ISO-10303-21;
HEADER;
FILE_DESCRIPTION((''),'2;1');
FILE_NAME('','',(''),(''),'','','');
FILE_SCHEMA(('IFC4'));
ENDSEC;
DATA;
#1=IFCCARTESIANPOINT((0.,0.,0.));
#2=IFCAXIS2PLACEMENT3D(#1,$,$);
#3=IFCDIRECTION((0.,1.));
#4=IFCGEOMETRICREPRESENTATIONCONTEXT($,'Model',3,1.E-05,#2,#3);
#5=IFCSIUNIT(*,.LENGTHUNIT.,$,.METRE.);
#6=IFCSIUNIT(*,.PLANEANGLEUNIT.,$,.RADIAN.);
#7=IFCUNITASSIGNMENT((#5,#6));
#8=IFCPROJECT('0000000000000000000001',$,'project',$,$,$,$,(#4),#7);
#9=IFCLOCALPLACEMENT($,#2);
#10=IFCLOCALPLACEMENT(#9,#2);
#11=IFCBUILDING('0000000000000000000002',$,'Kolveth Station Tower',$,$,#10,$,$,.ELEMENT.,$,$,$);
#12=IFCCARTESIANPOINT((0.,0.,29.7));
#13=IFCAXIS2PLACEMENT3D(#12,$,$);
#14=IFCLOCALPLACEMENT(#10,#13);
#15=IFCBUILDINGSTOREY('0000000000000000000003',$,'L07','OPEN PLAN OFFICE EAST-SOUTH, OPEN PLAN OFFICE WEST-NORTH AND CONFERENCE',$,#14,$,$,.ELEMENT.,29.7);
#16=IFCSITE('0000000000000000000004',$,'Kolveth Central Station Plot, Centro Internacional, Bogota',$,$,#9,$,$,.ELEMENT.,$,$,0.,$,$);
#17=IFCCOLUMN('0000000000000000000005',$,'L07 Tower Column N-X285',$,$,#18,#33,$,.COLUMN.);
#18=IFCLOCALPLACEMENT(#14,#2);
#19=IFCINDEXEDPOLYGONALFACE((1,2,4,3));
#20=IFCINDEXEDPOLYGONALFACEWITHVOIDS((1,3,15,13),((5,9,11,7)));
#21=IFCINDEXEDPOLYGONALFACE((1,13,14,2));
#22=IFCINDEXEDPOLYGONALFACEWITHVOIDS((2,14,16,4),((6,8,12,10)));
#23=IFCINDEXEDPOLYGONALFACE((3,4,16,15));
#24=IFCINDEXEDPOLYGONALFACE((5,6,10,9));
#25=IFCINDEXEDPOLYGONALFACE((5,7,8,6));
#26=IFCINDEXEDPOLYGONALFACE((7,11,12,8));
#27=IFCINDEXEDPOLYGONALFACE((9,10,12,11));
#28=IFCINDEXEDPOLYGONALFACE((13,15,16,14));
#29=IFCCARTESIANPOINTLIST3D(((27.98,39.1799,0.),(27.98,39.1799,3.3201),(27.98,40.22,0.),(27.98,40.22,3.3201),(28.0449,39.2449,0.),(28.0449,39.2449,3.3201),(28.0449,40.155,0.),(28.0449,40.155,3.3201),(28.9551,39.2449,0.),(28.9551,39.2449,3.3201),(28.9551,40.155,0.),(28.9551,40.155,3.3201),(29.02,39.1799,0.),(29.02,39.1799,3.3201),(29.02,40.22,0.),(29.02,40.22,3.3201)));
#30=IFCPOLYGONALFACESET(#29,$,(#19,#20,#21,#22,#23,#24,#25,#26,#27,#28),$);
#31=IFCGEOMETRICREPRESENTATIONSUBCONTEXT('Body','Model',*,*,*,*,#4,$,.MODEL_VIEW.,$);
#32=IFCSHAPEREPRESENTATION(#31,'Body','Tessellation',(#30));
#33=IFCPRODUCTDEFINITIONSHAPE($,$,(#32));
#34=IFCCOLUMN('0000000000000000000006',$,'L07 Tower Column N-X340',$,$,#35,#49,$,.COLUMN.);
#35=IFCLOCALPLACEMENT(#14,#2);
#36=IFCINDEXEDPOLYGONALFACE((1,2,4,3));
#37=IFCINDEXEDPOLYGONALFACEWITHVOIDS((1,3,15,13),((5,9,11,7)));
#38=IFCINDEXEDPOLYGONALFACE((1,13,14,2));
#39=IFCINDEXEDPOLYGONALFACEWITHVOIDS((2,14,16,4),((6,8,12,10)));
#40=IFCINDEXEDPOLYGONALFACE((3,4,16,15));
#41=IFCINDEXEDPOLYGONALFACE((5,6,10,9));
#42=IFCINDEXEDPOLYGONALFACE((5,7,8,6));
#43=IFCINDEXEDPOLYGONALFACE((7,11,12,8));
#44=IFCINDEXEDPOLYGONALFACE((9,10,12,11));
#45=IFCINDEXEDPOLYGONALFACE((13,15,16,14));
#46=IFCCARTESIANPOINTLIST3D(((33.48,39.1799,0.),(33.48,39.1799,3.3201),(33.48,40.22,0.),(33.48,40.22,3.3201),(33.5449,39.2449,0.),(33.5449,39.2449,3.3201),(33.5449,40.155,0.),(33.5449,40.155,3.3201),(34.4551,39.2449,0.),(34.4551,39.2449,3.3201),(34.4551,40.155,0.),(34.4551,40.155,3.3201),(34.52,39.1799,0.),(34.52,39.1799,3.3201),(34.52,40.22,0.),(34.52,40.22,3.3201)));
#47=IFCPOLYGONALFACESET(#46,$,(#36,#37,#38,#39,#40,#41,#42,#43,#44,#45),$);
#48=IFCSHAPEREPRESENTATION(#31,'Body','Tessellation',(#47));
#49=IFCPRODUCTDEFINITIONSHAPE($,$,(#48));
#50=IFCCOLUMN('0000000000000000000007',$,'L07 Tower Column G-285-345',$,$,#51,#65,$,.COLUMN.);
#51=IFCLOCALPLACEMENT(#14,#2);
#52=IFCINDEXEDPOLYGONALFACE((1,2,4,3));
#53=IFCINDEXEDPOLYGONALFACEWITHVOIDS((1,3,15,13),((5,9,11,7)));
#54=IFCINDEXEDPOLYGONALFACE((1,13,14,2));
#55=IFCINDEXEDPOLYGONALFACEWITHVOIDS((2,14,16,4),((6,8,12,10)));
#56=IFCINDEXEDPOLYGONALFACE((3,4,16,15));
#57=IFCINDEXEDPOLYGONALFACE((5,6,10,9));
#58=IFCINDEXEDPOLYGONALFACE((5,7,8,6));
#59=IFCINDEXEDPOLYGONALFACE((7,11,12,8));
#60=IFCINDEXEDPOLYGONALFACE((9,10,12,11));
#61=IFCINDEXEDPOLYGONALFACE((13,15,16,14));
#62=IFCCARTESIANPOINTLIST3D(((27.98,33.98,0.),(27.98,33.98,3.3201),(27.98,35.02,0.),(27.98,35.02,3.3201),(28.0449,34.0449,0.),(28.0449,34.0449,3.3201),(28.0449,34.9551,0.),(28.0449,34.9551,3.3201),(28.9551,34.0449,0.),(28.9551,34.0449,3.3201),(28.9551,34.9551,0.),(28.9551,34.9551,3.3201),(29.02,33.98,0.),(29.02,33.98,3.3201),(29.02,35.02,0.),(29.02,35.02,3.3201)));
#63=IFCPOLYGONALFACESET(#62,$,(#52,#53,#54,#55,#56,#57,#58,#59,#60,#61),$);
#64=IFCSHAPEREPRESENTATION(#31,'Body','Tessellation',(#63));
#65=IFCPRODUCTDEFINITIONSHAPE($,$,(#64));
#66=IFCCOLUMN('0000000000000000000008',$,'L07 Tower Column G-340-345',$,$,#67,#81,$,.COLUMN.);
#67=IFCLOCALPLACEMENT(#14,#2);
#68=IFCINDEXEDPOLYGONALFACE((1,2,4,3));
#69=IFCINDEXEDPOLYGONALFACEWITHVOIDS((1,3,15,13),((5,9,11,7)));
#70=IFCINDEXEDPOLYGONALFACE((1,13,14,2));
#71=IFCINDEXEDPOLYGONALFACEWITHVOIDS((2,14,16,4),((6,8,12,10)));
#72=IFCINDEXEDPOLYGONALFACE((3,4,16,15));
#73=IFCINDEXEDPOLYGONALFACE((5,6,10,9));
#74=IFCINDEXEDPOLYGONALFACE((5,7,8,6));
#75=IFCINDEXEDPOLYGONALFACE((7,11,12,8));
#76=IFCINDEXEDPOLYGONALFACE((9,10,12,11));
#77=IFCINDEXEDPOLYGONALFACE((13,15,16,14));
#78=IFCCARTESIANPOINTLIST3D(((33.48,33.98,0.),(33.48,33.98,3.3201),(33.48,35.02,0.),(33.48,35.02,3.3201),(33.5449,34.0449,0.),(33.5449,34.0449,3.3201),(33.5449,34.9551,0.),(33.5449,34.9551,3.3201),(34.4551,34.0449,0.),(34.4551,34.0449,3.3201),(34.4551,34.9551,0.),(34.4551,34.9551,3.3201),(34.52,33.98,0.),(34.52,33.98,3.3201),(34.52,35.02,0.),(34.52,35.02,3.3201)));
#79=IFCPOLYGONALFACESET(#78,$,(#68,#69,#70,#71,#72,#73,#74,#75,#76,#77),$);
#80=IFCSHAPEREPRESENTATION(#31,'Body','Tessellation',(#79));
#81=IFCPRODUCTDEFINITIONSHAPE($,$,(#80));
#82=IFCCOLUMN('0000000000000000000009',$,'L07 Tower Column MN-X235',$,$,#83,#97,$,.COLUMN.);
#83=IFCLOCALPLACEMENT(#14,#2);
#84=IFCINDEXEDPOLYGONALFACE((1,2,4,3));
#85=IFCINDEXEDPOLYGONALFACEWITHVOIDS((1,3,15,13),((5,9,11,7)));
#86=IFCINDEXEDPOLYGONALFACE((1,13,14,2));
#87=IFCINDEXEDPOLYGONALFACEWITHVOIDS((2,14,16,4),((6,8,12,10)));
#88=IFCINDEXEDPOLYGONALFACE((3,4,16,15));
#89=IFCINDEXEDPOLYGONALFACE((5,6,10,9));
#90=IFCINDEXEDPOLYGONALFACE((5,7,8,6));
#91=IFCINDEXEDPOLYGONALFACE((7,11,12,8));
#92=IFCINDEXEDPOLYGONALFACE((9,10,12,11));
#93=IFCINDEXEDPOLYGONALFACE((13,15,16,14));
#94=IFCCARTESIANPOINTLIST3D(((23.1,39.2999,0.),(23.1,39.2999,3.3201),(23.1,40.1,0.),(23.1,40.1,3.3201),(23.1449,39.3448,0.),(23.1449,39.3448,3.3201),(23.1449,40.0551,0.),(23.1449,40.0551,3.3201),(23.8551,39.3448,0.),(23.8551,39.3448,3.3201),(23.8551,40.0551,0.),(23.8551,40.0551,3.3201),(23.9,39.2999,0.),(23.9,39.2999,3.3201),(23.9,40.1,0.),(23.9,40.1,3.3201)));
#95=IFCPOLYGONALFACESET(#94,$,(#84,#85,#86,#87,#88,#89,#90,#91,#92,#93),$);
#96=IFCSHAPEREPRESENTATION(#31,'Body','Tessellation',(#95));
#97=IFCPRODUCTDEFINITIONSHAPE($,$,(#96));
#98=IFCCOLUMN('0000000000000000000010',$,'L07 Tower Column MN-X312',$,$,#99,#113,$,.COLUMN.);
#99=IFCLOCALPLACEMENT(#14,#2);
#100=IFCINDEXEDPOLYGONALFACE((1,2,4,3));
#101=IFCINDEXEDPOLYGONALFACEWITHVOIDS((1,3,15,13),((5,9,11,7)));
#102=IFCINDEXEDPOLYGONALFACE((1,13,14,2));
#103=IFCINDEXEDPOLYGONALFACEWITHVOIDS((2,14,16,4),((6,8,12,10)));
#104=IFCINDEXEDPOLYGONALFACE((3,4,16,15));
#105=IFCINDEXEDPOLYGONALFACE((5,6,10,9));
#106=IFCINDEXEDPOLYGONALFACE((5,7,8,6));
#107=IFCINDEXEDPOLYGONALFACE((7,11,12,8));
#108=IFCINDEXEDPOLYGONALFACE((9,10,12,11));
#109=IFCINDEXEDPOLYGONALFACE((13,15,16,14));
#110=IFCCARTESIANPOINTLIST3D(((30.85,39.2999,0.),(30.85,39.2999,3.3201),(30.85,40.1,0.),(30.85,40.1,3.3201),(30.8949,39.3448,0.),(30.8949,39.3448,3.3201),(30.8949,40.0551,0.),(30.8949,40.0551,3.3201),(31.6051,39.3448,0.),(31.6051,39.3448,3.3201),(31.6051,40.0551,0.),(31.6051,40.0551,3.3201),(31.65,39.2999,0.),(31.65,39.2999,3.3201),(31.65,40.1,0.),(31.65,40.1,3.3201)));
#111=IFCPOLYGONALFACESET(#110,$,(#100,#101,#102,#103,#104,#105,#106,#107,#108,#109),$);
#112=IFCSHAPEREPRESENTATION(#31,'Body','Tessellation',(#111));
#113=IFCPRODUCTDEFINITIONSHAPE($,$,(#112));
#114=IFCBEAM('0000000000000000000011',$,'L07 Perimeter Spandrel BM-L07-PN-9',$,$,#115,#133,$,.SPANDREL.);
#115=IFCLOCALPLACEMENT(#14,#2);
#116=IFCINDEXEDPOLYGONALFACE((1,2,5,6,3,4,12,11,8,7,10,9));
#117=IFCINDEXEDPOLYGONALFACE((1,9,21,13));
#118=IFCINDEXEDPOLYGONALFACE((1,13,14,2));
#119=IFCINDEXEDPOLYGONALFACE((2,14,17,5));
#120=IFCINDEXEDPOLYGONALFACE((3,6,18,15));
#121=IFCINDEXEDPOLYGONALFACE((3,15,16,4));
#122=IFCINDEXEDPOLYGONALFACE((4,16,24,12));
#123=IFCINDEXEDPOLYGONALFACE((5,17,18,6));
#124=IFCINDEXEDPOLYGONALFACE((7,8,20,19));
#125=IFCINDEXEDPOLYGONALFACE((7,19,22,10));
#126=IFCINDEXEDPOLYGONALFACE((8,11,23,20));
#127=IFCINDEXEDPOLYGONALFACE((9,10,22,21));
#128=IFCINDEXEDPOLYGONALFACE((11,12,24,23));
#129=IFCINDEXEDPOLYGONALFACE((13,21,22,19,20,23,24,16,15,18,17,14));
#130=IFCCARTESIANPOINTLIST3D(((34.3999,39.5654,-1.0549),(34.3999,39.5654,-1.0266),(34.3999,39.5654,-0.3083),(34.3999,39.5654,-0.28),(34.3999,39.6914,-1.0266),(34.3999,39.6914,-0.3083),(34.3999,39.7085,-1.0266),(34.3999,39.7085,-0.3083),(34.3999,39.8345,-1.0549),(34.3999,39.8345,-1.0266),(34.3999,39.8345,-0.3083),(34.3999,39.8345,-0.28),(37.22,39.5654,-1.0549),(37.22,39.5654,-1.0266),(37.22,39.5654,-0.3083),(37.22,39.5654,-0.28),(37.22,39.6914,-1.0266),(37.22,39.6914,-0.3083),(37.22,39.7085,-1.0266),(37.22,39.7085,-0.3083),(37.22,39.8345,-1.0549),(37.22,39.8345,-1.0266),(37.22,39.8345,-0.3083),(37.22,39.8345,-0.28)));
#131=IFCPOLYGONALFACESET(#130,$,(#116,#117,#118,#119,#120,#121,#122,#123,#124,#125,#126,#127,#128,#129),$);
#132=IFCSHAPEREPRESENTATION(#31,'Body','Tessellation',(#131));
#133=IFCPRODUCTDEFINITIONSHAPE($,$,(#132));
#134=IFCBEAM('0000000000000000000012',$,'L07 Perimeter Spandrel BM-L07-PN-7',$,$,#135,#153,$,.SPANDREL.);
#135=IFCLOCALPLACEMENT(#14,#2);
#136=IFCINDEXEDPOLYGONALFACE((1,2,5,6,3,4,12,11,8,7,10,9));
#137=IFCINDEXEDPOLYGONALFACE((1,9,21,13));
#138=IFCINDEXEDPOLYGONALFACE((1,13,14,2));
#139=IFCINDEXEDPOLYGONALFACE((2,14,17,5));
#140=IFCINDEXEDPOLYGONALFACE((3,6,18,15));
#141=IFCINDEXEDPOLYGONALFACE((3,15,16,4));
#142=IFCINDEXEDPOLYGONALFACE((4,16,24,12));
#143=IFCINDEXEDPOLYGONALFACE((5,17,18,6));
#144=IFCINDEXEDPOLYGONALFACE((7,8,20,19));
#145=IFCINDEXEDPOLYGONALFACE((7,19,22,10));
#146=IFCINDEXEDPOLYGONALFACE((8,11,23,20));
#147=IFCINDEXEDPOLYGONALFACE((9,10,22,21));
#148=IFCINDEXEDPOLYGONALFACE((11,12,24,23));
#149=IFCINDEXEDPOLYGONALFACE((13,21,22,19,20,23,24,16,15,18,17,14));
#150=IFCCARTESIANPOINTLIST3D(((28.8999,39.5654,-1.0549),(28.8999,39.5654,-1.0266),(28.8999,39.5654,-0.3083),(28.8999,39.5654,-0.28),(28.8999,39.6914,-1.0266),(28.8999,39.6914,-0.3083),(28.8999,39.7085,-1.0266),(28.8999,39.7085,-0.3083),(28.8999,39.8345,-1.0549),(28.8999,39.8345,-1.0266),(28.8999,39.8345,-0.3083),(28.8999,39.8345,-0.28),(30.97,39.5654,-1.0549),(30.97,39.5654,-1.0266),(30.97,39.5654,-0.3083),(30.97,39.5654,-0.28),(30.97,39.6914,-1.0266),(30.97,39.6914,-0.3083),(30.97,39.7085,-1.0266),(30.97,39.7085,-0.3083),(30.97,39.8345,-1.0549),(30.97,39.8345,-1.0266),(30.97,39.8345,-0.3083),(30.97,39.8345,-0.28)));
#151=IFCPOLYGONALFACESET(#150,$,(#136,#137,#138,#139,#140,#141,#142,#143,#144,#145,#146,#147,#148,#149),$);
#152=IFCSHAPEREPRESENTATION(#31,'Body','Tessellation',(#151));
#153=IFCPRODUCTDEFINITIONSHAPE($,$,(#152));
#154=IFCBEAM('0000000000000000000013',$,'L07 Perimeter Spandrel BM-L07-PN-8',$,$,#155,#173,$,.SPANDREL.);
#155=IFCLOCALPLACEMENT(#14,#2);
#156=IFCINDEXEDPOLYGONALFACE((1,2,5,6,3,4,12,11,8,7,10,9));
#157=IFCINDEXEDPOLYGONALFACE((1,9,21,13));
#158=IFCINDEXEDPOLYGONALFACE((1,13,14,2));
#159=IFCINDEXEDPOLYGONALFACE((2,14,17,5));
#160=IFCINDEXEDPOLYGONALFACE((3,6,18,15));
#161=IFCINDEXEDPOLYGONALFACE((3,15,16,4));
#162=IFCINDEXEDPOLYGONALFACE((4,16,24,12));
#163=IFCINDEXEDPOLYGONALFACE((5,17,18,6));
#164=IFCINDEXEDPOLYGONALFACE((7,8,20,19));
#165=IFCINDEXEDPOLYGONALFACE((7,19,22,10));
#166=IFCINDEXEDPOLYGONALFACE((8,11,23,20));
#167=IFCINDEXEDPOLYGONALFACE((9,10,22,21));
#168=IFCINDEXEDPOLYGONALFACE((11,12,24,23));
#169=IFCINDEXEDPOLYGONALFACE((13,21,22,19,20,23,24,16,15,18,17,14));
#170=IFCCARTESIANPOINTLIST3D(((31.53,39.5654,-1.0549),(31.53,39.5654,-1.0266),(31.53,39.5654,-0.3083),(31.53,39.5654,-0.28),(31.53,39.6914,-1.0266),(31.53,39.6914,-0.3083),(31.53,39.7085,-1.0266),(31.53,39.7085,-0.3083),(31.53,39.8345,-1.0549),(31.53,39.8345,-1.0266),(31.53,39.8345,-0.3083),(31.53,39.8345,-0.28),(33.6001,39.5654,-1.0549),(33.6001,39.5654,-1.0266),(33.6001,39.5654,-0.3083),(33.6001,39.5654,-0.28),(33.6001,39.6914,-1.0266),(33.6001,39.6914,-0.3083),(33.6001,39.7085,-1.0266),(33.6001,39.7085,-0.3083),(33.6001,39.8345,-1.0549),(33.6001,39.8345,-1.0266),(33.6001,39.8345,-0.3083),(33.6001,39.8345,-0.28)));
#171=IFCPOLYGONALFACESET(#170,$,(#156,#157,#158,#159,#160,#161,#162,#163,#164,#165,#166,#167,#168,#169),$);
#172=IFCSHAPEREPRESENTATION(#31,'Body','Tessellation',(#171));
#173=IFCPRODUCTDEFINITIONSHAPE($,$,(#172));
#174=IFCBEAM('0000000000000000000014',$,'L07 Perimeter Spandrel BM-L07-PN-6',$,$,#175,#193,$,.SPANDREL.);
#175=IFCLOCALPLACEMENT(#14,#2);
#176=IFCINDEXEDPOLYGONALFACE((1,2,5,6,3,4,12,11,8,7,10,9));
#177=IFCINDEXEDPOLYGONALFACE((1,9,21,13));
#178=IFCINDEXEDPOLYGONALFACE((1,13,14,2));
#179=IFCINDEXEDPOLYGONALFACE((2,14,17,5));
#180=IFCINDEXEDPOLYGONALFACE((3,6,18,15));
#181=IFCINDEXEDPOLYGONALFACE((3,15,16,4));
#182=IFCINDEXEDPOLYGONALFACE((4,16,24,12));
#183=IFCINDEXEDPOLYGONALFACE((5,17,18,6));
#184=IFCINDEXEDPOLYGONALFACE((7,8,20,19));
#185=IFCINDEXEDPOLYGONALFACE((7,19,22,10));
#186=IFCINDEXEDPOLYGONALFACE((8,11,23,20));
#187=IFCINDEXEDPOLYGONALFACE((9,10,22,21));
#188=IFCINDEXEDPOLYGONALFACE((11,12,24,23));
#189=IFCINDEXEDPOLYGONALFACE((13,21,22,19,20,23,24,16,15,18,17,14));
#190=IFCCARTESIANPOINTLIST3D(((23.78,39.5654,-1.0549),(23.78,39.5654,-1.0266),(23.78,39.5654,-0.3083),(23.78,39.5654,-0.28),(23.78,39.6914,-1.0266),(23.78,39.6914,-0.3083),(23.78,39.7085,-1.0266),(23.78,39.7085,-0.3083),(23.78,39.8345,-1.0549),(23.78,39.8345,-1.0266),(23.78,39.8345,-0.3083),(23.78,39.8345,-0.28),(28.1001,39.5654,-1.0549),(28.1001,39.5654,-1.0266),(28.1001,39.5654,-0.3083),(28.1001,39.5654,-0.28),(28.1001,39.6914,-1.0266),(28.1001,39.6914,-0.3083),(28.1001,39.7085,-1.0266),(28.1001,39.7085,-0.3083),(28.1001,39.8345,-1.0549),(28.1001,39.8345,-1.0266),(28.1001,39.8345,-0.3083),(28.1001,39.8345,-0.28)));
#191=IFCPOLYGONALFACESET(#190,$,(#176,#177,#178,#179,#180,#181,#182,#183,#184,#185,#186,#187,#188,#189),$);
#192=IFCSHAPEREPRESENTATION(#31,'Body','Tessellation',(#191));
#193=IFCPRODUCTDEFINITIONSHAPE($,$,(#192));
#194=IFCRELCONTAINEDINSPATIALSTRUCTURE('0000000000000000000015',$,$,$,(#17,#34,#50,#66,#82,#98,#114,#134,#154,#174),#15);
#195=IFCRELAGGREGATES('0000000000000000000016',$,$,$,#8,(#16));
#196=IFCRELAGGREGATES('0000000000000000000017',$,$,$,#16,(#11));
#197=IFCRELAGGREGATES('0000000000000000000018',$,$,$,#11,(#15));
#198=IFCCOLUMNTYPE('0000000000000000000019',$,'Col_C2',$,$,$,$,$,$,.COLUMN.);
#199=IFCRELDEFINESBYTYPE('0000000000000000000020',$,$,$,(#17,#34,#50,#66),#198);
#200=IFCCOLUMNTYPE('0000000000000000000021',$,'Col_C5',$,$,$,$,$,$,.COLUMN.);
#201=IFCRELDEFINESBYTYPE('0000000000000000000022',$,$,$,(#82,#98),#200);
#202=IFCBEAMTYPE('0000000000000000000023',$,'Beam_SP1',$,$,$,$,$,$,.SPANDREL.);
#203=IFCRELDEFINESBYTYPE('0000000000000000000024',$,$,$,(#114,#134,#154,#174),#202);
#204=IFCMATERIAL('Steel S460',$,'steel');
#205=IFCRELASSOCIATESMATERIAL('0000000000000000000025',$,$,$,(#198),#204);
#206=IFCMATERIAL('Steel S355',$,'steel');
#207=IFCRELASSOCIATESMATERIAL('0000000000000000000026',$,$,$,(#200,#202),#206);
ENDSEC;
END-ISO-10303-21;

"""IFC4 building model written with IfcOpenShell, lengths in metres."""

from ifc_helpers import new_model, si_unit, direction, frame, origin, origin_2d, place, context, subcontext, project, spatial, hollow_rectangle, i_section, extrude, source, transform, mapped, material, material_profile, profile_set, type_object, element, save


model = new_model("IFC4")

# Units and contexts
model_context = context("Model", 3, precision=1e-05, world=origin(), true_north=direction((0.0, 1.0)))
body_context = subcontext(model_context, "Body", "Model", "MODEL_VIEW")
ifc_project = project(units=[si_unit("LENGTHUNIT", "METRE"), si_unit("PLANEANGLEUNIT", "RADIAN")], contexts=[model_context])

# Site, building, storey
site_placement = place(None, origin())
site = spatial("IfcSite", under=ifc_project, at=site_placement, Name="Kolveth Central Station Plot, Centro Internacional, Bogota", CompositionType="ELEMENT", RefElevation=0.0)
building_placement = place(site_placement, origin())
building = spatial("IfcBuilding", under=site, at=building_placement, Name="Kolveth Station Tower", CompositionType="ELEMENT")
storey_placement = place(building_placement, frame((0.0, 0.0, 29.7)))
storey = spatial("IfcBuildingStorey", under=building, at=storey_placement, Name="L07", Description="OPEN PLAN OFFICE EAST-SOUTH, OPEN PLAN OFFICE WEST-NORTH AND CONFERENCE", CompositionType="ELEMENT", Elevation=29.7)

# Columns
ifc_material_1 = material(Name="Steel S460", Category="steel")
ifc_material_profile_1 = material_profile(ifc_material_1, hollow_rectangle(XDim=1.04, YDim=1.04, WallThickness=0.0649, at=origin_2d()), Name="BOX1040x1040x65")
ifc_profile_set_1 = profile_set([ifc_material_profile_1], Name="Steel S460")
column_type_1 = type_object("IfcColumnType", Name="Col_C2", PredefinedType="COLUMN", material=ifc_profile_set_1)
shared_shape_1 = source(origin(), body_context, "Body", "SweptSolid", [
    extrude(hollow_rectangle(XDim=1.04, YDim=1.04, WallThickness=0.0649, at=origin_2d()), origin(), (0.0, 0.0, 1.0), 3.3201),
])
for number, where, z_axis, x_axis, name in (
    (1, (28.5, 39.7, 0.0), (0.0, 0.0, 1.0), (1.0, 0.0, 0.0), "L07 Tower Column N-X285"),
    (2, (34.0, 39.7, 0.0), (0.0, 0.0, 1.0), (1.0, 0.0, 0.0), "L07 Tower Column N-X340"),
    (3, (28.5, 34.5, 0.0), (0.0, 0.0, 1.0), (1.0, 0.0, 0.0), "L07 Tower Column G-285-345"),
    (4, (34.0, 34.5, 0.0), (0.0, 0.0, 1.0), (1.0, 0.0, 0.0), "L07 Tower Column G-340-345"),
):
    element("IfcColumn", number, at=place(storey_placement, frame(where, z_axis=z_axis, x_axis=x_axis)), inside=storey, type_object=column_type_1, Name=name, PredefinedType="COLUMN", context=body_context, shape_type="MappedRepresentation", body=[
        mapped(shared_shape_1, transform((0.0, 0.0, 0.0), x_axis=(1.0, 0.0, 0.0), y_axis=(0.0, 1.0, 0.0), z_axis=(0.0, 0.0, 1.0), scale=1.0)),
    ])
ifc_material_2 = material(Name="Steel S355", Category="steel")
ifc_material_profile_2 = material_profile(ifc_material_2, hollow_rectangle(XDim=0.8, YDim=0.8, WallThickness=0.0449, at=origin_2d()), Name="BOX800x800x45")
ifc_profile_set_2 = profile_set([ifc_material_profile_2], Name="Steel S355")
column_type_2 = type_object("IfcColumnType", Name="Col_C5", PredefinedType="COLUMN", material=ifc_profile_set_2)
shared_shape_2 = source(origin(), body_context, "Body", "SweptSolid", [
    extrude(hollow_rectangle(XDim=0.8, YDim=0.8, WallThickness=0.0449, at=origin_2d()), origin(), (0.0, 0.0, 1.0), 3.3201),
])
for number, where, z_axis, x_axis, name in (
    (5, (23.5, 39.7, 0.0), (0.0, 0.0, 1.0), (1.0, 0.0, 0.0), "L07 Tower Column MN-X235"),
    (6, (31.25, 39.7, 0.0), (0.0, 0.0, 1.0), (1.0, 0.0, 0.0), "L07 Tower Column MN-X312"),
):
    element("IfcColumn", number, at=place(storey_placement, frame(where, z_axis=z_axis, x_axis=x_axis)), inside=storey, type_object=column_type_2, Name=name, PredefinedType="COLUMN", context=body_context, shape_type="MappedRepresentation", body=[
        mapped(shared_shape_2, transform((0.0, 0.0, 0.0), x_axis=(1.0, 0.0, 0.0), y_axis=(0.0, 1.0, 0.0), z_axis=(0.0, 0.0, 1.0), scale=1.0)),
    ])

# Beams
ifc_material_profile_3 = material_profile(ifc_material_2, i_section(OverallWidth=0.269, OverallDepth=0.7749, WebThickness=0.0171, FlangeThickness=0.0283, at=origin_2d()), Name="W760x220")
ifc_profile_set_3 = profile_set([ifc_material_profile_3], Name="Steel S355")
beam_type_1 = type_object("IfcBeamType", Name="Beam_SP1", PredefinedType="SPANDREL", material=ifc_profile_set_3)
shared_shape_3 = source(origin(), body_context, "Body", "SweptSolid", [
    extrude(i_section(OverallWidth=0.269, OverallDepth=0.7749, WebThickness=0.0171, FlangeThickness=0.0283, at=origin_2d()), origin(), (0.0, 0.0, 1.0), 2.8201),
])
beam_1_placement = place(storey_placement, frame((34.3999, 39.7, -0.6675), z_axis=(1.0, 0.0, 0.0), x_axis=(0.0, 1.0, 0.0)))
element("IfcBeam", 7, at=beam_1_placement, inside=storey, type_object=beam_type_1, Name="L07 Perimeter Spandrel BM-L07-PN-9", PredefinedType="SPANDREL", context=body_context, shape_type="MappedRepresentation", body=[
    mapped(shared_shape_3, transform((0.0, 0.0, 0.0), x_axis=(1.0, 0.0, 0.0), y_axis=(0.0, 1.0, 0.0), z_axis=(0.0, 0.0, 1.0), scale=1.0)),
])
shared_shape_4 = source(origin(), body_context, "Body", "SweptSolid", [
    extrude(i_section(OverallWidth=0.269, OverallDepth=0.7749, WebThickness=0.0171, FlangeThickness=0.0283, at=origin_2d()), origin(), (0.0, 0.0, 1.0), 2.0701),
])
for number, where, z_axis, x_axis, name in (
    (8, (28.8999, 39.7, -0.6675), (1.0, 0.0, 0.0), (0.0, 1.0, 0.0), "L07 Perimeter Spandrel BM-L07-PN-7"),
    (9, (31.53, 39.7, -0.6675), (1.0, 0.0, 0.0), (0.0, 1.0, 0.0), "L07 Perimeter Spandrel BM-L07-PN-8"),
):
    element("IfcBeam", number, at=place(storey_placement, frame(where, z_axis=z_axis, x_axis=x_axis)), inside=storey, type_object=beam_type_1, Name=name, PredefinedType="SPANDREL", context=body_context, shape_type="MappedRepresentation", body=[
        mapped(shared_shape_4, transform((0.0, 0.0, 0.0), x_axis=(1.0, 0.0, 0.0), y_axis=(0.0, 1.0, 0.0), z_axis=(0.0, 0.0, 1.0), scale=1.0)),
    ])
shared_shape_5 = source(origin(), body_context, "Body", "SweptSolid", [
    extrude(i_section(OverallWidth=0.269, OverallDepth=0.7749, WebThickness=0.0171, FlangeThickness=0.0283, at=origin_2d()), origin(), (0.0, 0.0, 1.0), 4.3201),
])
beam_2_placement = place(storey_placement, frame((23.78, 39.7, -0.6675), z_axis=(1.0, 0.0, 0.0), x_axis=(0.0, 1.0, 0.0)))
element("IfcBeam", 10, at=beam_2_placement, inside=storey, type_object=beam_type_1, Name="L07 Perimeter Spandrel BM-L07-PN-6", PredefinedType="SPANDREL", context=body_context, shape_type="MappedRepresentation", body=[
    mapped(shared_shape_5, transform((0.0, 0.0, 0.0), x_axis=(1.0, 0.0, 0.0), y_axis=(0.0, 1.0, 0.0), z_axis=(0.0, 0.0, 1.0), scale=1.0)),
])

save(model, "model.ifc")
